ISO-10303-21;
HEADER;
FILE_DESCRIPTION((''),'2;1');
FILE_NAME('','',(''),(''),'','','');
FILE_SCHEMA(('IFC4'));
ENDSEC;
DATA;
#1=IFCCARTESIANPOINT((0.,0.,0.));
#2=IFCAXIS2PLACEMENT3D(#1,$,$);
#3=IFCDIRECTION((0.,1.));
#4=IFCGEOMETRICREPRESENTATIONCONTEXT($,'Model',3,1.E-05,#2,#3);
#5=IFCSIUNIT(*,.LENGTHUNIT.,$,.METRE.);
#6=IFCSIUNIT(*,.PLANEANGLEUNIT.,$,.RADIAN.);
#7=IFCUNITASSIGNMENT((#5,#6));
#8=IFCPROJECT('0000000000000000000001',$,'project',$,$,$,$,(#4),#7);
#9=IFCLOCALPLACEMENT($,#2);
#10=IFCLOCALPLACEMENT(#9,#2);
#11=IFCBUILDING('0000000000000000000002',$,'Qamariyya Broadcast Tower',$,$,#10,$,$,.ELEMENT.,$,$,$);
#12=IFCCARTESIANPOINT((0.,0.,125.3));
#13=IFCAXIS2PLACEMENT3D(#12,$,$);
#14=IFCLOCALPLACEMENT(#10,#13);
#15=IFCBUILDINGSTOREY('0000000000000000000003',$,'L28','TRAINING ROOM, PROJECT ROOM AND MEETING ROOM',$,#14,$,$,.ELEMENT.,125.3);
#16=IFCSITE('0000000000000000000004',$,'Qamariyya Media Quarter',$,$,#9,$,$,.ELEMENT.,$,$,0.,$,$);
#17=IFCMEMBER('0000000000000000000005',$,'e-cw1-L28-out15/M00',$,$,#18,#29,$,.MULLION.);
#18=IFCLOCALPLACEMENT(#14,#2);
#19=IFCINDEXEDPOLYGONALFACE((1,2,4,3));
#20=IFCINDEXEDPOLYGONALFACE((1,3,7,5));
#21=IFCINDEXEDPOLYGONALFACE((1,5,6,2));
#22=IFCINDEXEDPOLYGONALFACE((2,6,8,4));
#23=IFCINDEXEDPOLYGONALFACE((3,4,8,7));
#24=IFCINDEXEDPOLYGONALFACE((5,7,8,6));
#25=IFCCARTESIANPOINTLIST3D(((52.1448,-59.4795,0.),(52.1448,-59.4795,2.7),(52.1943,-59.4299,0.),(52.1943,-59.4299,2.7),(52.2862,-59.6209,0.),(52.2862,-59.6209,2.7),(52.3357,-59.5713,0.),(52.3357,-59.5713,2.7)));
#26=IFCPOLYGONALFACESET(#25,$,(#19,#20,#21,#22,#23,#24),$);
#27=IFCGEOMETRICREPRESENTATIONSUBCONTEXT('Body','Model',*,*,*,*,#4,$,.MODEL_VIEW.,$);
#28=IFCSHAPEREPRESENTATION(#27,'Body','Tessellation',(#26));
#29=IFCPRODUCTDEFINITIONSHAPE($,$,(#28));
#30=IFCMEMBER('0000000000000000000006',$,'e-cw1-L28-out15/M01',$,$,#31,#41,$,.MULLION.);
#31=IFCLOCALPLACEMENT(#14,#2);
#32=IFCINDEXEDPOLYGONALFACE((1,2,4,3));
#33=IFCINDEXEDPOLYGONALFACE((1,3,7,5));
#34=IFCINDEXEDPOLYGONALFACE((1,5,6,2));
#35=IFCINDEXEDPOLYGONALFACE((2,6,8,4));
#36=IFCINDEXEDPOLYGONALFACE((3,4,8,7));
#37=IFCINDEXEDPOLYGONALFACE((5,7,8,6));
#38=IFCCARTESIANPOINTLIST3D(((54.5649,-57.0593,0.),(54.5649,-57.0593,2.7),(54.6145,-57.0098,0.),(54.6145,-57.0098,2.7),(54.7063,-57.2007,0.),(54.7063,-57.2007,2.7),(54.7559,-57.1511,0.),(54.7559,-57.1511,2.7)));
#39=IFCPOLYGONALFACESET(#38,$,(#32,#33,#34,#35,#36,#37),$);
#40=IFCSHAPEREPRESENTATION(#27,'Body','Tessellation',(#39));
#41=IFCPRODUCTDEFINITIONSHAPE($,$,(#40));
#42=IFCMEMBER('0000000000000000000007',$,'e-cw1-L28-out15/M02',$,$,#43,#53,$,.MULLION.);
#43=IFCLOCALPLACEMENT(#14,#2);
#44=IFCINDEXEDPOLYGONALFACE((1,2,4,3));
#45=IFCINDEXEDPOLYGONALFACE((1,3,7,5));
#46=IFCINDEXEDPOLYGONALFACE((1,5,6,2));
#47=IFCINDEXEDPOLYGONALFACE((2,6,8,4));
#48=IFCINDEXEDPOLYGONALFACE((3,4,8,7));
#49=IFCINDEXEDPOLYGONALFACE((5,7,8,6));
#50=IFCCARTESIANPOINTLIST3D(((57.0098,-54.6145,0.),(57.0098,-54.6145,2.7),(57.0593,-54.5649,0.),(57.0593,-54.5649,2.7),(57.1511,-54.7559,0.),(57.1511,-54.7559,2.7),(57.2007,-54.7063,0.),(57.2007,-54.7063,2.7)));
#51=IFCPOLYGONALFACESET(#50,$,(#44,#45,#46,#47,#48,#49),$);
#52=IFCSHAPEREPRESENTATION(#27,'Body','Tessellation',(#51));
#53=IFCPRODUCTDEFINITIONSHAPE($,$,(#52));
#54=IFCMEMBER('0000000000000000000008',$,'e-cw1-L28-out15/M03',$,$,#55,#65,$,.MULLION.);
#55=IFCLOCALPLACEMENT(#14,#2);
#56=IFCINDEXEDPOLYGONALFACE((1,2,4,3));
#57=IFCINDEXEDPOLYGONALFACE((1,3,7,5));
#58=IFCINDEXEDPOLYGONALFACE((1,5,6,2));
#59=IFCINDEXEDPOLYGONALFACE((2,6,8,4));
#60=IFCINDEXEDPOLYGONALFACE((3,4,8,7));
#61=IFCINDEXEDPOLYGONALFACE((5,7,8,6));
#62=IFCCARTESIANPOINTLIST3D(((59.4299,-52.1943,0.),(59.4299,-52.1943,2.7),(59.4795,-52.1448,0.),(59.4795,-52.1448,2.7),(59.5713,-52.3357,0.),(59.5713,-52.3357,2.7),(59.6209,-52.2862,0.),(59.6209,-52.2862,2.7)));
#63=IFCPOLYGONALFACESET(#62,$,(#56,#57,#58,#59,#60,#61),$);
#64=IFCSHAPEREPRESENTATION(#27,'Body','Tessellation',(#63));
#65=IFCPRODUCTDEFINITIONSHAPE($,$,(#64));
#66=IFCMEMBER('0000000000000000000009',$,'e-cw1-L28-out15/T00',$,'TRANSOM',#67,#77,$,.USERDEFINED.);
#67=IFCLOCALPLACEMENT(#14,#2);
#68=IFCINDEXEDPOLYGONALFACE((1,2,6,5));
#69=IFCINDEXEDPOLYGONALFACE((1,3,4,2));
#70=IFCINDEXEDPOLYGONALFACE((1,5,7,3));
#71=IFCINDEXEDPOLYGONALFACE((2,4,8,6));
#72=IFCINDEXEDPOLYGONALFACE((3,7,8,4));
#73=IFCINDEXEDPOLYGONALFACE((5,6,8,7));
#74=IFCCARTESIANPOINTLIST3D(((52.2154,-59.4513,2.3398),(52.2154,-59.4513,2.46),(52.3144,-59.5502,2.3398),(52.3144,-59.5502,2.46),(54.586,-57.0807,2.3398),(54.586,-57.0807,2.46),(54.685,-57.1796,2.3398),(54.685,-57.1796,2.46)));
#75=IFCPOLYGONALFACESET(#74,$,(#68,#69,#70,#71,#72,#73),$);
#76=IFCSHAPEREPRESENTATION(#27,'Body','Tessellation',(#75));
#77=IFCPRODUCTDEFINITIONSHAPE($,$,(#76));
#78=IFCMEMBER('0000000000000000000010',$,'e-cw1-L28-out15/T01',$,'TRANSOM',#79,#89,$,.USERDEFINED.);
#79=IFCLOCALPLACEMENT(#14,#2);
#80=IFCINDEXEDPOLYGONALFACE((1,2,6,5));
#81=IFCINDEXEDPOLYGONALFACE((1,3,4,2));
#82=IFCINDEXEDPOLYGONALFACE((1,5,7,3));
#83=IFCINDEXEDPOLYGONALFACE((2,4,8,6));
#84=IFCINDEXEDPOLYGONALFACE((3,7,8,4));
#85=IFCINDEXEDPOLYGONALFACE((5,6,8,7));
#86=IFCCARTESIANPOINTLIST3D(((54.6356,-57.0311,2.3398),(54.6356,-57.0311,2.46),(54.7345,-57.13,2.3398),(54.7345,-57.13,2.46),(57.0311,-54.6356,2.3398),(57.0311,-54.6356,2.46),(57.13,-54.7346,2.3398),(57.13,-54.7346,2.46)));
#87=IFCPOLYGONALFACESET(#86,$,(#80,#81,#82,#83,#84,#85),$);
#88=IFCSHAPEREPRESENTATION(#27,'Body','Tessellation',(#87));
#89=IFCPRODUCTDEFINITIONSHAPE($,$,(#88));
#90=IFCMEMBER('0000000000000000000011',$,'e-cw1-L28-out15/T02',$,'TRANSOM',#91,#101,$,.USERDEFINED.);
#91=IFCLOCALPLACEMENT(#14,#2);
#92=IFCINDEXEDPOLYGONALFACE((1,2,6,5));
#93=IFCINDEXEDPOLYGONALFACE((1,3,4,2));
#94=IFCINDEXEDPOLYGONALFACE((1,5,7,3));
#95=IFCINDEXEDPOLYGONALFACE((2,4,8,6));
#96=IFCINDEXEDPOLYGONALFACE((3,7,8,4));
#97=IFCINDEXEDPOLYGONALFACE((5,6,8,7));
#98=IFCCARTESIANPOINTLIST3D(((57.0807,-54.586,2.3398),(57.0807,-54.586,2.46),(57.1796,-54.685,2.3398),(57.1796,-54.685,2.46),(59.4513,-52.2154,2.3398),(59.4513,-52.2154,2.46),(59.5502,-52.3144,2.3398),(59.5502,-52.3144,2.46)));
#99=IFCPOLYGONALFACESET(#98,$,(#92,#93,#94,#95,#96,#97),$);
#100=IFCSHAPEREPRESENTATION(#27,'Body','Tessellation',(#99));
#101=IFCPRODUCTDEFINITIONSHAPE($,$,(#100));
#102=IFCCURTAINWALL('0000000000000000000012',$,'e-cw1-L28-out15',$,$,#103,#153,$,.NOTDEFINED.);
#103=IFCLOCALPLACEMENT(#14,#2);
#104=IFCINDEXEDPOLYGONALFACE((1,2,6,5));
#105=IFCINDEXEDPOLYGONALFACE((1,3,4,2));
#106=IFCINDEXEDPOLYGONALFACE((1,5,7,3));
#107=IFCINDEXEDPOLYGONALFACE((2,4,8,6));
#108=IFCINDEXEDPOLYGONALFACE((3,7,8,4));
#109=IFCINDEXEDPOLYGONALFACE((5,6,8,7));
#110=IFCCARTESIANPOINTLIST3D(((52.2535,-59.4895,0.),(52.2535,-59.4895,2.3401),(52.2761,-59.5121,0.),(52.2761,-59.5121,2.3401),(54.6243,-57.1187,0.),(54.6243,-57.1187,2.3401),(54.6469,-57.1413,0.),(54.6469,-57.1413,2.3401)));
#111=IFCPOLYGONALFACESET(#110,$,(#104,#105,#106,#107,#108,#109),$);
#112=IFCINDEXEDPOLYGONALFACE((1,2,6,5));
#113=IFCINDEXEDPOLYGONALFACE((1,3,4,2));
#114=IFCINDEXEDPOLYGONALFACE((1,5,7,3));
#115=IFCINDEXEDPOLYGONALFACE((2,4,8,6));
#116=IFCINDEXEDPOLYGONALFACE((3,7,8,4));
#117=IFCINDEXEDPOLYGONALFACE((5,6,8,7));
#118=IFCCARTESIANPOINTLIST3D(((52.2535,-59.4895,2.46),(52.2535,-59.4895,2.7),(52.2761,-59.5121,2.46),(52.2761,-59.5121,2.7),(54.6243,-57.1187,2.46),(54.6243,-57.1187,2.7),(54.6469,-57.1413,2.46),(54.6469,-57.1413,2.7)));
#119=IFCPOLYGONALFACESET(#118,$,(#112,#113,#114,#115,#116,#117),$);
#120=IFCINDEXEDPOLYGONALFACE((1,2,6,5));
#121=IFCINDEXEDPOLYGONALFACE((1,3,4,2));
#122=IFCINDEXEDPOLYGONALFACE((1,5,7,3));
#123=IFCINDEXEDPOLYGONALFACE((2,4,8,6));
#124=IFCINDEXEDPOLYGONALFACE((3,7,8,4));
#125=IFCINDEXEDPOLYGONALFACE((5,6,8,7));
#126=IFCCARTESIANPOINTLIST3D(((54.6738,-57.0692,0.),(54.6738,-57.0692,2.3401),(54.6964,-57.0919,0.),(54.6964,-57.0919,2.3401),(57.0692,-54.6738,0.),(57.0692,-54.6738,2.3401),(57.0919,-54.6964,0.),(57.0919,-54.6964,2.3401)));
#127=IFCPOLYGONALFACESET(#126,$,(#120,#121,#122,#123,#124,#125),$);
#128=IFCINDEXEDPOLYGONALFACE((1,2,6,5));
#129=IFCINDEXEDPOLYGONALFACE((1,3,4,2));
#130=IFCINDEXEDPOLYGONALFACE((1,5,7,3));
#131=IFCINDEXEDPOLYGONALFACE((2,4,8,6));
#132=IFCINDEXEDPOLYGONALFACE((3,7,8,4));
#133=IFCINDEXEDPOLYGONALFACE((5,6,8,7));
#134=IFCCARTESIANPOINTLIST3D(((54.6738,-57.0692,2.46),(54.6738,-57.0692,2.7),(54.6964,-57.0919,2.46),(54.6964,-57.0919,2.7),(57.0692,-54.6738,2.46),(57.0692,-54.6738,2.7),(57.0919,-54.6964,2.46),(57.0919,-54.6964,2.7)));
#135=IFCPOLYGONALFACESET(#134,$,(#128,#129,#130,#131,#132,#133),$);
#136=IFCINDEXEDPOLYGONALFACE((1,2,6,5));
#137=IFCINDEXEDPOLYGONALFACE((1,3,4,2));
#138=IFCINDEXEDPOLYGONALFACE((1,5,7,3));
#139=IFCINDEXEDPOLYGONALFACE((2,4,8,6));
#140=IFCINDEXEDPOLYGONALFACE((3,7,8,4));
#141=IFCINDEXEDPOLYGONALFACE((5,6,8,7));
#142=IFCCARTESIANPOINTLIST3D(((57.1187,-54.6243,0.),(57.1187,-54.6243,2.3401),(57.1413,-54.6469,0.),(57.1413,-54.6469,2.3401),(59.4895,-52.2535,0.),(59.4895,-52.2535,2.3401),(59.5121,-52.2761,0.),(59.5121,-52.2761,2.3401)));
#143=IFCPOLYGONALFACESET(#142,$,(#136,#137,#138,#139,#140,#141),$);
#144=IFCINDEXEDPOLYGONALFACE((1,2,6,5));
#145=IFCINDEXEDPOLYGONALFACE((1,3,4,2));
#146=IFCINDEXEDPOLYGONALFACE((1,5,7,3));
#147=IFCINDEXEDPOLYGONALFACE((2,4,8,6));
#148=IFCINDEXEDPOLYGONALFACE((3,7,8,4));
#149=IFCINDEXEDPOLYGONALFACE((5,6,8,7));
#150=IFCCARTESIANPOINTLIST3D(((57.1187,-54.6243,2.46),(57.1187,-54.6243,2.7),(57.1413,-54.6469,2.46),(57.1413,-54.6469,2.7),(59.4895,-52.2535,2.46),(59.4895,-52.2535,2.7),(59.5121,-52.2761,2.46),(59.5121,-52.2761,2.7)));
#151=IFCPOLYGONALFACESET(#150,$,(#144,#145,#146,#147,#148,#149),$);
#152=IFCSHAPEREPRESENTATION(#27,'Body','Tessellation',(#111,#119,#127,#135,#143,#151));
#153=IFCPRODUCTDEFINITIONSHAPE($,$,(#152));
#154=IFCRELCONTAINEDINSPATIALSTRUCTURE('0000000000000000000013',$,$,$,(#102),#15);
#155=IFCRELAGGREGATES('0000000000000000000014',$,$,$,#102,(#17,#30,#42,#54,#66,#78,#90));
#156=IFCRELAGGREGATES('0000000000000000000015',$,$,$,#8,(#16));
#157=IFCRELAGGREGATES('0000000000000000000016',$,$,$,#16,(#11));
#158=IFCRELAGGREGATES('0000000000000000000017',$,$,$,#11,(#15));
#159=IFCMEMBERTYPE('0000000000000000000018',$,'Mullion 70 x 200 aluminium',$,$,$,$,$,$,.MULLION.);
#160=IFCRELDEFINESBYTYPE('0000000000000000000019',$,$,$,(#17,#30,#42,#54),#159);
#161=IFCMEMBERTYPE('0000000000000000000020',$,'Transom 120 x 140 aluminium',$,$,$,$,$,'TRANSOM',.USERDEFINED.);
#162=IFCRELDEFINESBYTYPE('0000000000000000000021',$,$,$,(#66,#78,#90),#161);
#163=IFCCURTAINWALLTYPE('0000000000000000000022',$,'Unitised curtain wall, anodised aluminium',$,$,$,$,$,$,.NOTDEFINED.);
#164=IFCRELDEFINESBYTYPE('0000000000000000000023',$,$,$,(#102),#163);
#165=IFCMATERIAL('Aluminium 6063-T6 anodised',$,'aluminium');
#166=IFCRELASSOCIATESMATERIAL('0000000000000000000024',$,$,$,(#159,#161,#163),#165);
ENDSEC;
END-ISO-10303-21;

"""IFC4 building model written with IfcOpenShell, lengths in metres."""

from ifc_helpers import new_model, si_unit, direction, frame, origin, origin_2d, place, context, subcontext, project, spatial, rectangle, extrude, material, material_profile, profile_set, type_object, element, aggregate, save


model = new_model("IFC4")

# Units and contexts
model_context = context("Model", 3, precision=1e-05, world=origin(), true_north=direction((0.0, 1.0)))
body_context = subcontext(model_context, "Body", "Model", "MODEL_VIEW")
ifc_project = project(units=[si_unit("LENGTHUNIT", "METRE"), si_unit("PLANEANGLEUNIT", "RADIAN")], contexts=[model_context])

# Members
ifc_material = material(Name="Aluminium 6063-T6 anodised", Category="aluminium")
ifc_material_profile_1 = material_profile(ifc_material, rectangle(XDim=0.2, YDim=0.0701, at=origin_2d()))
ifc_profile_set_1 = profile_set([ifc_material_profile_1], Name="Aluminium 6063-T6 anodised")
member_type_1 = type_object("IfcMemberType", Name="Mullion 70 x 200 aluminium", PredefinedType="MULLION", material=ifc_profile_set_1)
site_placement = place(None, origin())
building_placement = place(site_placement, origin())
storey_placement = place(building_placement, frame((0.0, 0.0, 125.3)))
member_1_placement = place(storey_placement, frame((52.2402, -59.5254, 0.0), z_axis=(0.0, 0.0, 1.0), x_axis=(-0.707107, 0.707107, 0.0)))
member_1 = element("IfcMember", 1, at=member_1_placement, type_object=member_type_1, Name="e-cw1-L28-out15/M00", PredefinedType="MULLION", context=body_context, shape_type="SweptSolid", body=[
    extrude(rectangle(XDim=0.2, YDim=0.0701, at=origin_2d()), origin(), (0.0, 0.0, 1.0), 2.7),
])
member_2_placement = place(storey_placement, frame((54.6604, -57.1052, 0.0), z_axis=(0.0, 0.0, 1.0), x_axis=(-0.707107, 0.707107, 0.0)))
member_2 = element("IfcMember", 2, at=member_2_placement, type_object=member_type_1, Name="e-cw1-L28-out15/M01", PredefinedType="MULLION", context=body_context, shape_type="SweptSolid", body=[
    extrude(rectangle(XDim=0.2, YDim=0.0701, at=origin_2d()), origin(), (0.0, 0.0, 1.0), 2.7),
])
member_3_placement = place(storey_placement, frame((57.1052, -54.6604, 0.0), z_axis=(0.0, 0.0, 1.0), x_axis=(-0.707107, 0.707107, 0.0)))
member_3 = element("IfcMember", 3, at=member_3_placement, type_object=member_type_1, Name="e-cw1-L28-out15/M02", PredefinedType="MULLION", context=body_context, shape_type="SweptSolid", body=[
    extrude(rectangle(XDim=0.2, YDim=0.0701, at=origin_2d()), origin(), (0.0, 0.0, 1.0), 2.7),
])
member_4_placement = place(storey_placement, frame((59.5254, -52.2402, 0.0), z_axis=(0.0, 0.0, 1.0), x_axis=(-0.707107, 0.707107, 0.0)))
member_4 = element("IfcMember", 4, at=member_4_placement, type_object=member_type_1, Name="e-cw1-L28-out15/M03", PredefinedType="MULLION", context=body_context, shape_type="SweptSolid", body=[
    extrude(rectangle(XDim=0.2, YDim=0.0701, at=origin_2d()), origin(), (0.0, 0.0, 1.0), 2.7),
])
ifc_material_profile_2 = material_profile(ifc_material, rectangle(XDim=0.1399, YDim=0.1201, at=origin_2d()))
ifc_profile_set_2 = profile_set([ifc_material_profile_2], Name="Aluminium 6063-T6 anodised")
member_type_2 = type_object("IfcMemberType", Name="Transom 120 x 140 aluminium", ElementType="TRANSOM", PredefinedType="USERDEFINED", material=ifc_profile_set_2)
member_5_placement = place(storey_placement, frame((52.2649, -59.5007, 2.3999), z_axis=(0.707107, 0.707107, 0.0), x_axis=(-0.707107, 0.707107, 0.0)))
member_5 = element("IfcMember", 5, at=member_5_placement, type_object=member_type_2, Name="e-cw1-L28-out15/T00", ObjectType="TRANSOM", PredefinedType="USERDEFINED", context=body_context, shape_type="SweptSolid", body=[
    extrude(rectangle(XDim=0.1399, YDim=0.1201, at=origin_2d()), origin(), (0.0, 0.0, 1.0), 3.3525),
])
member_6_placement = place(storey_placement, frame((54.6851, -57.0806, 2.3999), z_axis=(0.707107, 0.707107, 0.0), x_axis=(-0.707107, 0.707107, 0.0)))
member_6 = element("IfcMember", 6, at=member_6_placement, type_object=member_type_2, Name="e-cw1-L28-out15/T01", ObjectType="TRANSOM", PredefinedType="USERDEFINED", context=body_context, shape_type="SweptSolid", body=[
    extrude(rectangle(XDim=0.1399, YDim=0.1201, at=origin_2d()), origin(), (0.0, 0.0, 1.0), 3.3877),
])
member_7_placement = place(storey_placement, frame((57.1301, -54.6355, 2.3999), z_axis=(0.707107, 0.707107, 0.0), x_axis=(-0.707107, 0.707107, 0.0)))
member_7 = element("IfcMember", 7, at=member_7_placement, type_object=member_type_2, Name="e-cw1-L28-out15/T02", ObjectType="TRANSOM", PredefinedType="USERDEFINED", context=body_context, shape_type="SweptSolid", body=[
    extrude(rectangle(XDim=0.1399, YDim=0.1201, at=origin_2d()), origin(), (0.0, 0.0, 1.0), 3.3525),
])

# Site, building, storey
site = spatial("IfcSite", under=ifc_project, at=site_placement, Name="Qamariyya Media Quarter", CompositionType="ELEMENT", RefElevation=0.0)
building = spatial("IfcBuilding", under=site, at=building_placement, Name="Qamariyya Broadcast Tower", CompositionType="ELEMENT")
storey = spatial("IfcBuildingStorey", under=building, at=storey_placement, Name="L28", Description="TRAINING ROOM, PROJECT ROOM AND MEETING ROOM", CompositionType="ELEMENT", Elevation=125.3)

# Curtain wall
curtain_wall_type = type_object("IfcCurtainWallType", Name="Unitised curtain wall, anodised aluminium", PredefinedType="NOTDEFINED", material=ifc_material)
curtain_wall_1_placement = place(storey_placement, origin())
curtain_wall_1 = element("IfcCurtainWall", 8, at=curtain_wall_1_placement, inside=storey, type_object=curtain_wall_type, Name="e-cw1-L28-out15", PredefinedType="NOTDEFINED", context=body_context, shape_type="SweptSolid", body=[
    extrude(rectangle(XDim=3.3528, YDim=0.032, at=origin_2d()), frame((53.4502, -58.3154, 0.0), x_axis=(0.707107, 0.707107, 0.0)), (0.0, 0.0, 1.0), 2.3401),
    extrude(rectangle(XDim=3.3528, YDim=0.032, at=origin_2d()), frame((53.4502, -58.3154, 2.46), x_axis=(0.707107, 0.707107, 0.0)), (0.0, 0.0, 1.0), 0.24),
    extrude(rectangle(XDim=3.3877, YDim=0.032, at=origin_2d()), frame((55.8828, -55.8828, 0.0), x_axis=(0.707107, 0.707107, 0.0)), (0.0, 0.0, 1.0), 2.3401),
    extrude(rectangle(XDim=3.3877, YDim=0.032, at=origin_2d()), frame((55.8828, -55.8828, 2.46), x_axis=(0.707107, 0.707107, 0.0)), (0.0, 0.0, 1.0), 0.24),
    extrude(rectangle(XDim=3.3528, YDim=0.032, at=origin_2d()), frame((58.3154, -53.4502, 0.0), x_axis=(0.707107, 0.707107, 0.0)), (0.0, 0.0, 1.0), 2.3401),
    extrude(rectangle(XDim=3.3528, YDim=0.032, at=origin_2d()), frame((58.3154, -53.4502, 2.46), x_axis=(0.707107, 0.707107, 0.0)), (0.0, 0.0, 1.0), 0.24),
])
aggregate(curtain_wall_1, [member_1, member_2, member_3, member_4, member_5, member_6, member_7])

save(model, "model.ifc")
